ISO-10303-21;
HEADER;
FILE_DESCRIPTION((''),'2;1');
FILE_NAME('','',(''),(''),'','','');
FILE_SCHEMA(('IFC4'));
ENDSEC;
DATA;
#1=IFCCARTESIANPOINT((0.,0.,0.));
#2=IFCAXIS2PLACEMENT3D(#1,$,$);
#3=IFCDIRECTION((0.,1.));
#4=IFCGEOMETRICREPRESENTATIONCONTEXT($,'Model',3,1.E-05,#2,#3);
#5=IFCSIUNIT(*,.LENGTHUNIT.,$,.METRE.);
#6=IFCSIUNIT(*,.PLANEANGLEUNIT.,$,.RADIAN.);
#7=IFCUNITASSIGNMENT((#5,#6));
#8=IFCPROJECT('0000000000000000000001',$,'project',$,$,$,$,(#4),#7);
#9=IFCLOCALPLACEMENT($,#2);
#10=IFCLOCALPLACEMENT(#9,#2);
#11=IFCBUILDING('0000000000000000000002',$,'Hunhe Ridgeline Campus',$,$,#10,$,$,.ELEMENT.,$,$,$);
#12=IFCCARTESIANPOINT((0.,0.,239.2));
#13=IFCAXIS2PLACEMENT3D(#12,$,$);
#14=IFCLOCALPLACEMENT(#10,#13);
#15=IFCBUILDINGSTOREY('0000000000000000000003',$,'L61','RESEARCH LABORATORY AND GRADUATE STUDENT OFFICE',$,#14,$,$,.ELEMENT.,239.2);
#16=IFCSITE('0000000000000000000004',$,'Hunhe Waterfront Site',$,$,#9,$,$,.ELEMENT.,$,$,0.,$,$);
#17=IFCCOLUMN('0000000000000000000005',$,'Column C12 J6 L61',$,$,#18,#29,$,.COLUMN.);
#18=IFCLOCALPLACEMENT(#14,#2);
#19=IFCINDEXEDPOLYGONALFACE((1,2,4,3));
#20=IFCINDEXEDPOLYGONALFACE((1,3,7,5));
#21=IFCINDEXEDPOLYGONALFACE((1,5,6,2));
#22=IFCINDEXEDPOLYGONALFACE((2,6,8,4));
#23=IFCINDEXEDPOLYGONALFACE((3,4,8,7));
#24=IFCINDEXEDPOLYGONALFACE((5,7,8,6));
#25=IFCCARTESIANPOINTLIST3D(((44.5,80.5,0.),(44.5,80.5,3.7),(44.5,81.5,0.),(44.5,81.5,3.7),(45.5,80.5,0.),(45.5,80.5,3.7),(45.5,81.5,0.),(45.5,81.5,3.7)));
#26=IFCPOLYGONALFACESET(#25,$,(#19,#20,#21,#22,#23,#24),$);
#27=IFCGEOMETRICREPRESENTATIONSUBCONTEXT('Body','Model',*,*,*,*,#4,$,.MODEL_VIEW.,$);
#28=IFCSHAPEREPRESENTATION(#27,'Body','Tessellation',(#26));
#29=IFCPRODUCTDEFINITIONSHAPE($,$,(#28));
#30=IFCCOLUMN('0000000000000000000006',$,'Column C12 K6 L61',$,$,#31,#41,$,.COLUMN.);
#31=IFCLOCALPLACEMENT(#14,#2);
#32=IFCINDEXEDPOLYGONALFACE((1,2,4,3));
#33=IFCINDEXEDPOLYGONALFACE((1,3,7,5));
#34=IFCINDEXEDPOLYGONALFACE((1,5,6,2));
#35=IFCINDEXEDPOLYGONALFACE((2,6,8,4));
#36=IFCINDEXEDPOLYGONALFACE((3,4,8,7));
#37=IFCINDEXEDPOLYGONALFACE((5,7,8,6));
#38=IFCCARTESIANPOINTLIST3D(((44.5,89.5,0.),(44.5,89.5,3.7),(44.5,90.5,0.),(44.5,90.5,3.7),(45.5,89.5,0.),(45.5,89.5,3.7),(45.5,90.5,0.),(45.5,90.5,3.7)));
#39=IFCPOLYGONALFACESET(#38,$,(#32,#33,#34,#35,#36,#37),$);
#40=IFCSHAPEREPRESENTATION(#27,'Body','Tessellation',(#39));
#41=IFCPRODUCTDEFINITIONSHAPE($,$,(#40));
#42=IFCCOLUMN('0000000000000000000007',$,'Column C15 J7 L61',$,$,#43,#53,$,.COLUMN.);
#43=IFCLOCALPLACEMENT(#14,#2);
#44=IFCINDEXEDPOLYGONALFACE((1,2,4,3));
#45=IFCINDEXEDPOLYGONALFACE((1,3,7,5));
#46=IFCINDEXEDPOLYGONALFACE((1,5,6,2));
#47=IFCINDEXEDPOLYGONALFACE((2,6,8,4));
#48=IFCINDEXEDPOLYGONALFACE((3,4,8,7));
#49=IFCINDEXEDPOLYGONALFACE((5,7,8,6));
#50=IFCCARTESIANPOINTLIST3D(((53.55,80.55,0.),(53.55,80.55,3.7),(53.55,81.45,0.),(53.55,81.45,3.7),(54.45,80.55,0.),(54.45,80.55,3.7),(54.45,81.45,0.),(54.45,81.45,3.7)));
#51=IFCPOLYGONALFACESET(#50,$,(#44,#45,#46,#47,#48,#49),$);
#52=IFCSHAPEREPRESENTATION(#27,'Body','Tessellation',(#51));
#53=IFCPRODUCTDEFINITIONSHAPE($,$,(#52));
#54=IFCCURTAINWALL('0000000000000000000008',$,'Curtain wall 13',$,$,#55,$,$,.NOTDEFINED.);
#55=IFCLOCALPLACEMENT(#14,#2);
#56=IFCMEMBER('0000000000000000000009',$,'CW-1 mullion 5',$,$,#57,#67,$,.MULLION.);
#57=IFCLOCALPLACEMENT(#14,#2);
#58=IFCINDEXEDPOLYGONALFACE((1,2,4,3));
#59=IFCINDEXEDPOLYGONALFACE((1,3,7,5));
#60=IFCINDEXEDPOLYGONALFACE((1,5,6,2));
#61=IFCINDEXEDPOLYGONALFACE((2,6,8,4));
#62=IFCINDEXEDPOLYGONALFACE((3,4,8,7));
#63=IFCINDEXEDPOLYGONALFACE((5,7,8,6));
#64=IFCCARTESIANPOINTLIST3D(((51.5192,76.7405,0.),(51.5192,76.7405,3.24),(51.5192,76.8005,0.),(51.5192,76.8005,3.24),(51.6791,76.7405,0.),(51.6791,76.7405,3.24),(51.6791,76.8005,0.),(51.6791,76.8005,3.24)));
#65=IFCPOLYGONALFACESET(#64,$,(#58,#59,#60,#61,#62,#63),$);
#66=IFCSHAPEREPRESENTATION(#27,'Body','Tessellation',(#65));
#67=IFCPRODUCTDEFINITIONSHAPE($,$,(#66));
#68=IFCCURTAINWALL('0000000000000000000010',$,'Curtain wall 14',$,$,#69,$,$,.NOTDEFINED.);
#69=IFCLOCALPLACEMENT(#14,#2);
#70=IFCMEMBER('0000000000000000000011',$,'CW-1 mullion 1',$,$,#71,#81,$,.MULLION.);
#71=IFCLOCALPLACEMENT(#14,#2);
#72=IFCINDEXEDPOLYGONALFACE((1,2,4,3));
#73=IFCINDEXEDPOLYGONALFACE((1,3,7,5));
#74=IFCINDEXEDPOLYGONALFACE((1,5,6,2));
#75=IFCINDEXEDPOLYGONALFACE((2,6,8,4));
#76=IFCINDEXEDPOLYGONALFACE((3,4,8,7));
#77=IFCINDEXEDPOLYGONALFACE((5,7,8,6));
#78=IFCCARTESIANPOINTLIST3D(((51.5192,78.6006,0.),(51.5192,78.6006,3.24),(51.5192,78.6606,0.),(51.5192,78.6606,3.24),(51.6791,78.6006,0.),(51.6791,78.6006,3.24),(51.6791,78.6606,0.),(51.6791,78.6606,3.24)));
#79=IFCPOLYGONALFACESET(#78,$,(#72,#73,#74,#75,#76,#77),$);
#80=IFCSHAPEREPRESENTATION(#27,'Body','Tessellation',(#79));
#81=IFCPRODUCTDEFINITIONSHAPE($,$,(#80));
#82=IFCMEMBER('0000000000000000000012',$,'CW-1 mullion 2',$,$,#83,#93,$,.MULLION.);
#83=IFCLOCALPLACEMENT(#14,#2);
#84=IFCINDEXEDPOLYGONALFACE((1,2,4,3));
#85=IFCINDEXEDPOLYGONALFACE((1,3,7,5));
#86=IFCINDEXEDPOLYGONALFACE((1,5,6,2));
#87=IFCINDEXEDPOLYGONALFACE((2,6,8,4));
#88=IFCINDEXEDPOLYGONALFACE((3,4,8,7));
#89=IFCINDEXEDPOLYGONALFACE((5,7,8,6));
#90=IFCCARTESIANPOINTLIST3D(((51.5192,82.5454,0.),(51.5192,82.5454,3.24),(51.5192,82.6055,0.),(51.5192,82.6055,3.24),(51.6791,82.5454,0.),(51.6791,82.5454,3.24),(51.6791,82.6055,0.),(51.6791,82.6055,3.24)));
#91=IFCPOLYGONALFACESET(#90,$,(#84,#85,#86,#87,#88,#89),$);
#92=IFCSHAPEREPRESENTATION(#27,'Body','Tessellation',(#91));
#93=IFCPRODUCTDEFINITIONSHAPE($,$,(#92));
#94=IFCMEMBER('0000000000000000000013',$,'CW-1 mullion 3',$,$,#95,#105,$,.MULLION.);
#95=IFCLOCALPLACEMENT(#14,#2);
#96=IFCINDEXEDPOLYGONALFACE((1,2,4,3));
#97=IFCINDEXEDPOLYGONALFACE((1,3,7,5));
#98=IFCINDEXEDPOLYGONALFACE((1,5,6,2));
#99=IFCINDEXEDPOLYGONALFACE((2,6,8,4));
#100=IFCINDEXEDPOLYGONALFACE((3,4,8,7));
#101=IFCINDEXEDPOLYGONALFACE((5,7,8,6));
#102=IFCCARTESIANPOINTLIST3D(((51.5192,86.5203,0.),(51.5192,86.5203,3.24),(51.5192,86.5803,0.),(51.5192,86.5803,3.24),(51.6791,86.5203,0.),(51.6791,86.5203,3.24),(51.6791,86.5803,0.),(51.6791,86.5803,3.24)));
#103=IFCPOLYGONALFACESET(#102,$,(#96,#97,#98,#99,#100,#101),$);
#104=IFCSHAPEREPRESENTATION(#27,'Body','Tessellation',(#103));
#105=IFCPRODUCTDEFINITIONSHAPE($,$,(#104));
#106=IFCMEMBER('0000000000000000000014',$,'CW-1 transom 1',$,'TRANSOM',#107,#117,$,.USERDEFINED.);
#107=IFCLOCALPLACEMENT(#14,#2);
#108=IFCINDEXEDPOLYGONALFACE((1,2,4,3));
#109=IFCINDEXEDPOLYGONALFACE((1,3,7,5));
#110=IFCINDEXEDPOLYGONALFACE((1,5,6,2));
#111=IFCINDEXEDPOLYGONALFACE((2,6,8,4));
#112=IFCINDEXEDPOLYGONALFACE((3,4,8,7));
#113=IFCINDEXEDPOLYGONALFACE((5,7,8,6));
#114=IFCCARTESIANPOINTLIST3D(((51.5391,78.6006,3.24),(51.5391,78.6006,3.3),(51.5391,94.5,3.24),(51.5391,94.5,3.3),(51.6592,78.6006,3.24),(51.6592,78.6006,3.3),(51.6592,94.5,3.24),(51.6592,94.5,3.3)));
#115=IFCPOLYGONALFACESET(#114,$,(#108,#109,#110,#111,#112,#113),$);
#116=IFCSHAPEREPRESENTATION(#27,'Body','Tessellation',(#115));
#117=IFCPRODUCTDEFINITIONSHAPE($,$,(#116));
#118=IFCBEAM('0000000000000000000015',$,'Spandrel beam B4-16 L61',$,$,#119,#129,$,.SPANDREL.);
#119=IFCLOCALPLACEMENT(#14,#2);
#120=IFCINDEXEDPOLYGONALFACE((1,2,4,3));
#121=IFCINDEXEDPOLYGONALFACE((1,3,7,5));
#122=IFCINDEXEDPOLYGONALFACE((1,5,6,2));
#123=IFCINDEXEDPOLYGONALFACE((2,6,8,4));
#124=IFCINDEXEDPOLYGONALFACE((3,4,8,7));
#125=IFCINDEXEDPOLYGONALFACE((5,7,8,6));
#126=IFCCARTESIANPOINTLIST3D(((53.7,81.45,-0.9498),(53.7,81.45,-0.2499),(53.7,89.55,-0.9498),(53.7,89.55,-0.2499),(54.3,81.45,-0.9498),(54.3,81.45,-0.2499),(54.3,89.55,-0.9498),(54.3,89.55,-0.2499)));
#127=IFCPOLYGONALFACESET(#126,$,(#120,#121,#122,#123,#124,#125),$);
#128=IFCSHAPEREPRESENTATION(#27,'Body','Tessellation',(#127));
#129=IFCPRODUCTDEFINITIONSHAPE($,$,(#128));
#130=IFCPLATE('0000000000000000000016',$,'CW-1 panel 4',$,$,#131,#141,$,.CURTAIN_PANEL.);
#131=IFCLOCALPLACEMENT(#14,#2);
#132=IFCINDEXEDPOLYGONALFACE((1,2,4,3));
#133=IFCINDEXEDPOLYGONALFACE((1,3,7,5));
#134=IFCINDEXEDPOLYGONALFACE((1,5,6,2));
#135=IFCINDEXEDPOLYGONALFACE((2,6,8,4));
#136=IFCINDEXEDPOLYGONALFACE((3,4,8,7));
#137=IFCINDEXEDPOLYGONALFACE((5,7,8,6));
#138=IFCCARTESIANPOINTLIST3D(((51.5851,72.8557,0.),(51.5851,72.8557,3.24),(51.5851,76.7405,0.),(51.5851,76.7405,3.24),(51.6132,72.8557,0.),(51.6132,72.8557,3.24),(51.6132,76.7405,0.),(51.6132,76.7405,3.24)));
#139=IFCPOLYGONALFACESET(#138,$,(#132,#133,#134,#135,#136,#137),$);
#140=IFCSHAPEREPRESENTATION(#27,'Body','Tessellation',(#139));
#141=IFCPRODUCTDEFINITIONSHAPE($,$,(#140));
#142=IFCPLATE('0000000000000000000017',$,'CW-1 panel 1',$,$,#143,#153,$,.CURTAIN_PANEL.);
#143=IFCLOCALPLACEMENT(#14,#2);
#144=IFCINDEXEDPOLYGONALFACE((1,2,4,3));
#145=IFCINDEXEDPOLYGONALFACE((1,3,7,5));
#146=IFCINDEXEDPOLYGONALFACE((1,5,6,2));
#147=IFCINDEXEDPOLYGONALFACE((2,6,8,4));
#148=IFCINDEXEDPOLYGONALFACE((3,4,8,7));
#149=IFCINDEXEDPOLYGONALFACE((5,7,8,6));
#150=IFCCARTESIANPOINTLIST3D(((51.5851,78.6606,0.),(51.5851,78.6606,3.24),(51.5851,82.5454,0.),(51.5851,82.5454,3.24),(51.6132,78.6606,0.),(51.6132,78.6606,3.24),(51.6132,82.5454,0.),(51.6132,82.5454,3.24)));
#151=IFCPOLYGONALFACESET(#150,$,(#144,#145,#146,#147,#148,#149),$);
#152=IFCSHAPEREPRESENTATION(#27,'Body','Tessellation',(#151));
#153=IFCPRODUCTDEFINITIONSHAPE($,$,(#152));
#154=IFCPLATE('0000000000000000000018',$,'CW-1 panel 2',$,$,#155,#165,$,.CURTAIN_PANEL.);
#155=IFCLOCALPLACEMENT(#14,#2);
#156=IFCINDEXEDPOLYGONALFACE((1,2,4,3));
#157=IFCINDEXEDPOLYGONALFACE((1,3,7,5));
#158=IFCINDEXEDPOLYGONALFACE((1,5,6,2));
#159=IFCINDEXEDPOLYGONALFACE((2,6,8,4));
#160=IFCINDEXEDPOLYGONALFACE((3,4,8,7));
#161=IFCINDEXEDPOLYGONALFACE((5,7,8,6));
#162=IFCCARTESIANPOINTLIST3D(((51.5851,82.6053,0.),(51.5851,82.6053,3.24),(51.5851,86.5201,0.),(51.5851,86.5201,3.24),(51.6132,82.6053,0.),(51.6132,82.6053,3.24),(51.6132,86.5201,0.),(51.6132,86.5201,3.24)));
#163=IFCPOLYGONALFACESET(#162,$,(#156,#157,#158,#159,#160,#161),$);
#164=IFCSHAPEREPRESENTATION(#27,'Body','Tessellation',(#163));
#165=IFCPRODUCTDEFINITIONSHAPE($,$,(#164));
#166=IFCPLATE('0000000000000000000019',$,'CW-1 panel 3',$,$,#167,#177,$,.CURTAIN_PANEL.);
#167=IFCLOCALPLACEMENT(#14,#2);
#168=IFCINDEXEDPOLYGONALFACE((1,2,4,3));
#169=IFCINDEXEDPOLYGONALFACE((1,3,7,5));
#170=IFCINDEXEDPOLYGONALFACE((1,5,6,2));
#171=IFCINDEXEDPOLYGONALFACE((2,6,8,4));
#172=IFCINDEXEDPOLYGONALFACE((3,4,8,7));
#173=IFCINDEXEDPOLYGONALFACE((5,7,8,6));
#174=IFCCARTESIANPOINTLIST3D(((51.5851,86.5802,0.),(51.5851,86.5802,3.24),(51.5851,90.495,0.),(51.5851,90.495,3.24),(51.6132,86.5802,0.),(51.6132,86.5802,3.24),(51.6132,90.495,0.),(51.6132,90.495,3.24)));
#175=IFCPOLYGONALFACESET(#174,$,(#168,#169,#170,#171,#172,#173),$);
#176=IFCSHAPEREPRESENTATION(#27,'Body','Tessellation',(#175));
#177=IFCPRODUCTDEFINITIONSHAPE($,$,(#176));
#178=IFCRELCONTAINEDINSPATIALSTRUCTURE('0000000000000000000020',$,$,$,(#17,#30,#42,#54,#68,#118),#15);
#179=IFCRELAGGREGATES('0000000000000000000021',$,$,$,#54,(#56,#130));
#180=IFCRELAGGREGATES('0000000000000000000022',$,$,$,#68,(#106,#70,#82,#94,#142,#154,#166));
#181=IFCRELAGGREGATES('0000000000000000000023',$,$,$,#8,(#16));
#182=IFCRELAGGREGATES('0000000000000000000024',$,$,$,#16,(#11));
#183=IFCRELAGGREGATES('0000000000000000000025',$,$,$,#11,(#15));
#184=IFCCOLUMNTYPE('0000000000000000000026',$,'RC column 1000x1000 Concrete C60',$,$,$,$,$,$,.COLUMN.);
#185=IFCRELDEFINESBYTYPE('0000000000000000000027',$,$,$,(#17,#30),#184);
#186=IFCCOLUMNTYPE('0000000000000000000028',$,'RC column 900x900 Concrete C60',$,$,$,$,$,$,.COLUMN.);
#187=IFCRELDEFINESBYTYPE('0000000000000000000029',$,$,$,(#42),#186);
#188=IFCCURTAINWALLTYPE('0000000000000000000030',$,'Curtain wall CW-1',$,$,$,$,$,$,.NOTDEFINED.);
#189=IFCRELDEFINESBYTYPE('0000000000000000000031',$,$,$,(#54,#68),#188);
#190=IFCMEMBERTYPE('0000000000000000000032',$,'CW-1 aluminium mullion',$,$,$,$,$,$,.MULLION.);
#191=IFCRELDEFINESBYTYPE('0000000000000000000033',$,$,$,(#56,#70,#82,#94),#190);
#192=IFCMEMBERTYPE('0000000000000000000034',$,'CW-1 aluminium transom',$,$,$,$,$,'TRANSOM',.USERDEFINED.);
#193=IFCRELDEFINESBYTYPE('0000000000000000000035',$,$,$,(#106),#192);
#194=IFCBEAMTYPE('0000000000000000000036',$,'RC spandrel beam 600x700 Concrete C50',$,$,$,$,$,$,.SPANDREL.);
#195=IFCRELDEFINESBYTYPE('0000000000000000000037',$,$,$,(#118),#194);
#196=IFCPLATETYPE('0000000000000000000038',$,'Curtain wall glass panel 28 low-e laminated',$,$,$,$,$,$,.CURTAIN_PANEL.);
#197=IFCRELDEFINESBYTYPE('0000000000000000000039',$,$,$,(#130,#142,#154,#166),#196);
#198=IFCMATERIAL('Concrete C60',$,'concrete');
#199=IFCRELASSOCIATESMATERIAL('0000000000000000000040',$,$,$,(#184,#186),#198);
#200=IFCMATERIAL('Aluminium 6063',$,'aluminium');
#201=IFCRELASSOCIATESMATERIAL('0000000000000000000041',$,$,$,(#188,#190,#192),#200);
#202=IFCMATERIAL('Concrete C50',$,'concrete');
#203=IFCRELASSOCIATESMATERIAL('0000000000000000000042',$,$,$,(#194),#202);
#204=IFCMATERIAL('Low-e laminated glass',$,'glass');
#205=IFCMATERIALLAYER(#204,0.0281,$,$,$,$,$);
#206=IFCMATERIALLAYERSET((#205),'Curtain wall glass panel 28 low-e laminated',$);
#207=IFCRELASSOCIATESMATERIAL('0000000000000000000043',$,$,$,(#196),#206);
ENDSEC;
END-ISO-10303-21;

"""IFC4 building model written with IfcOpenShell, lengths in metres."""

from ifc_helpers import new_model, si_unit, direction, frame, origin, origin_2d, place, context, subcontext, project, spatial, rectangle, extrude, material, layer, layer_set, material_profile, profile_set, type_object, element, aggregate, save


model = new_model("IFC4")

# Units and contexts
model_context = context("Model", 3, precision=1e-05, world=origin(), true_north=direction((0.0, 1.0)))
body_context = subcontext(model_context, "Body", "Model", "MODEL_VIEW")
ifc_project = project(units=[si_unit("LENGTHUNIT", "METRE"), si_unit("PLANEANGLEUNIT", "RADIAN")], contexts=[model_context])

# Site, building, storey
site_placement = place(None, origin())
site = spatial("IfcSite", under=ifc_project, at=site_placement, Name="Hunhe Waterfront Site", CompositionType="ELEMENT", RefElevation=0.0)
building_placement = place(site_placement, origin())
building = spatial("IfcBuilding", under=site, at=building_placement, Name="Hunhe Ridgeline Campus", CompositionType="ELEMENT")
storey_placement = place(building_placement, frame((0.0, 0.0, 239.2)))
storey = spatial("IfcBuildingStorey", under=building, at=storey_placement, Name="L61", Description="RESEARCH LABORATORY AND GRADUATE STUDENT OFFICE", CompositionType="ELEMENT", Elevation=239.2)

# Columns
ifc_material_1 = material(Name="Concrete C60", Category="concrete")
ifc_material_profile_1 = material_profile(ifc_material_1, rectangle(XDim=1.0, YDim=1.0, at=origin_2d()))
ifc_profile_set_1 = profile_set([ifc_material_profile_1], Name="Concrete C60")
column_type_1 = type_object("IfcColumnType", Name="RC column 1000x1000 Concrete C60", PredefinedType="COLUMN", material=ifc_profile_set_1)
for number, where, z_axis, x_axis, name in (
    (1, (45.0, 81.0, 0.0), (0.0, 0.0, 1.0), (1.0, 0.0, 0.0), "Column C12 J6 L61"),
    (2, (45.0, 90.0, 0.0), (0.0, 0.0, 1.0), (1.0, 0.0, 0.0), "Column C12 K6 L61"),
):
    element("IfcColumn", number, at=place(storey_placement, frame(where, z_axis=z_axis, x_axis=x_axis)), inside=storey, type_object=column_type_1, Name=name, PredefinedType="COLUMN", context=body_context, shape_type="SweptSolid", body=[
        extrude(rectangle(XDim=1.0, YDim=1.0, at=origin_2d()), origin(), (0.0, 0.0, 1.0), 3.7),
    ])
ifc_material_profile_2 = material_profile(ifc_material_1, rectangle(XDim=0.8999, YDim=0.8999, at=origin_2d()))
ifc_profile_set_2 = profile_set([ifc_material_profile_2], Name="Concrete C60")
column_type_2 = type_object("IfcColumnType", Name="RC column 900x900 Concrete C60", PredefinedType="COLUMN", material=ifc_profile_set_2)
column_placement = place(storey_placement, frame((54.0, 81.0, 0.0), z_axis=(0.0, 0.0, 1.0), x_axis=(1.0, 0.0, 0.0)))
element("IfcColumn", 3, at=column_placement, inside=storey, type_object=column_type_2, Name="Column C15 J7 L61", PredefinedType="COLUMN", context=body_context, shape_type="SweptSolid", body=[
    extrude(rectangle(XDim=0.8999, YDim=0.8999, at=origin_2d()), origin(), (0.0, 0.0, 1.0), 3.7),
])

# Curtain wall, member
ifc_material_2 = material(Name="Aluminium 6063", Category="aluminium")
curtain_wall_type = type_object("IfcCurtainWallType", Name="Curtain wall CW-1", PredefinedType="NOTDEFINED", material=ifc_material_2)
curtain_wall_1_placement = place(storey_placement, origin())
curtain_wall_1 = element("IfcCurtainWall", 4, at=curtain_wall_1_placement, inside=storey, type_object=curtain_wall_type, Name="Curtain wall 13", PredefinedType="NOTDEFINED")
ifc_material_profile_3 = material_profile(ifc_material_2, rectangle(XDim=0.1599, YDim=0.0601, at=origin_2d()))
ifc_profile_set_3 = profile_set([ifc_material_profile_3], Name="Aluminium 6063")
member_type_1 = type_object("IfcMemberType", Name="CW-1 aluminium mullion", PredefinedType="MULLION", material=ifc_profile_set_3)
member_1_placement = place(storey_placement, frame((51.5991, 76.7705, 0.0), z_axis=(0.0, 0.0, 1.0), x_axis=(-1.0, 0.0, 0.0)))
member_1 = element("IfcMember", 5, at=member_1_placement, type_object=member_type_1, Name="CW-1 mullion 5", PredefinedType="MULLION", context=body_context, shape_type="SweptSolid", body=[
    extrude(rectangle(XDim=0.1599, YDim=0.0601, at=origin_2d()), origin(), (0.0, 0.0, 1.0), 3.24),
])

# Curtain wall, members
curtain_wall_2_placement = place(storey_placement, origin())
curtain_wall_2 = element("IfcCurtainWall", 6, at=curtain_wall_2_placement, inside=storey, type_object=curtain_wall_type, Name="Curtain wall 14", PredefinedType="NOTDEFINED")
member_2_placement = place(storey_placement, frame((51.5991, 78.6306, 0.0), z_axis=(0.0, 0.0, 1.0), x_axis=(-1.0, 0.0, 0.0)))
member_2 = element("IfcMember", 7, at=member_2_placement, type_object=member_type_1, Name="CW-1 mullion 1", PredefinedType="MULLION", context=body_context, shape_type="SweptSolid", body=[
    extrude(rectangle(XDim=0.1599, YDim=0.0601, at=origin_2d()), origin(), (0.0, 0.0, 1.0), 3.24),
])
member_3_placement = place(storey_placement, frame((51.5991, 82.5754, 0.0), z_axis=(0.0, 0.0, 1.0), x_axis=(-1.0, 0.0, 0.0)))
member_3 = element("IfcMember", 8, at=member_3_placement, type_object=member_type_1, Name="CW-1 mullion 2", PredefinedType="MULLION", context=body_context, shape_type="SweptSolid", body=[
    extrude(rectangle(XDim=0.1599, YDim=0.0601, at=origin_2d()), origin(), (0.0, 0.0, 1.0), 3.24),
])
member_4_placement = place(storey_placement, frame((51.5991, 86.5503, 0.0), z_axis=(0.0, 0.0, 1.0), x_axis=(-1.0, 0.0, 0.0)))
member_4 = element("IfcMember", 9, at=member_4_placement, type_object=member_type_1, Name="CW-1 mullion 3", PredefinedType="MULLION", context=body_context, shape_type="SweptSolid", body=[
    extrude(rectangle(XDim=0.1599, YDim=0.0601, at=origin_2d()), origin(), (0.0, 0.0, 1.0), 3.24),
])
ifc_material_profile_4 = material_profile(ifc_material_2, rectangle(XDim=0.1201, YDim=0.0601, at=origin_2d()))
ifc_profile_set_4 = profile_set([ifc_material_profile_4], Name="Aluminium 6063")
member_type_2 = type_object("IfcMemberType", Name="CW-1 aluminium transom", ElementType="TRANSOM", PredefinedType="USERDEFINED", material=ifc_profile_set_4)
member_5_placement = place(storey_placement, frame((51.5991, 78.6006, 3.27), z_axis=(0.0, 1.0, 0.0), x_axis=(-1.0, 0.0, 0.0)))
member_5 = element("IfcMember", 10, at=member_5_placement, type_object=member_type_2, Name="CW-1 transom 1", ObjectType="TRANSOM", PredefinedType="USERDEFINED", context=body_context, shape_type="SweptSolid", body=[
    extrude(rectangle(XDim=0.1201, YDim=0.0601, at=origin_2d()), origin(), (0.0, 0.0, 1.0), 15.8994),
])

# Beam
ifc_material_3 = material(Name="Concrete C50", Category="concrete")
ifc_material_profile_5 = material_profile(ifc_material_3, rectangle(XDim=0.6001, YDim=0.7, at=origin_2d()))
ifc_profile_set_5 = profile_set([ifc_material_profile_5], Name="Concrete C50")
beam_type = type_object("IfcBeamType", Name="RC spandrel beam 600x700 Concrete C50", PredefinedType="SPANDREL", material=ifc_profile_set_5)
beam_placement = place(storey_placement, frame((54.0, 81.45, -0.5999), z_axis=(0.0, 1.0, 0.0), x_axis=(-1.0, 0.0, 0.0)))
element("IfcBeam", 11, at=beam_placement, inside=storey, type_object=beam_type, Name="Spandrel beam B4-16 L61", PredefinedType="SPANDREL", context=body_context, shape_type="SweptSolid", body=[
    extrude(rectangle(XDim=0.6001, YDim=0.7, at=origin_2d()), origin(), (0.0, 0.0, 1.0), 8.1001),
])

# Plates
ifc_material_4 = material(Name="Low-e laminated glass", Category="glass")
ifc_layer_1 = layer(ifc_material_4, 0.0281)
ifc_layer_set_1 = layer_set([ifc_layer_1], Name="Curtain wall glass panel 28 low-e laminated")
plate_type = type_object("IfcPlateType", Name="Curtain wall glass panel 28 low-e laminated", PredefinedType="CURTAIN_PANEL", material=ifc_layer_set_1)
plate_1_placement = place(storey_placement, frame((51.5991, 74.7981, 0.0), z_axis=(0.0, 0.0, 1.0), x_axis=(0.0, 1.0, 0.0)))
plate_1 = element("IfcPlate", 12, at=plate_1_placement, type_object=plate_type, Name="CW-1 panel 4", PredefinedType="CURTAIN_PANEL", context=body_context, shape_type="SweptSolid", body=[
    extrude(rectangle(XDim=3.8848, YDim=0.0281, at=origin_2d()), origin(), (0.0, 0.0, 1.0), 3.24),
])
aggregate(curtain_wall_1, [member_1, plate_1])
plate_2_placement = place(storey_placement, frame((51.5991, 80.603, 0.0), z_axis=(0.0, 0.0, 1.0), x_axis=(0.0, 1.0, 0.0)))
plate_2 = element("IfcPlate", 13, at=plate_2_placement, type_object=plate_type, Name="CW-1 panel 1", PredefinedType="CURTAIN_PANEL", context=body_context, shape_type="SweptSolid", body=[
    extrude(rectangle(XDim=3.8848, YDim=0.0281, at=origin_2d()), origin(), (0.0, 0.0, 1.0), 3.24),
])
plate_3_placement = place(storey_placement, frame((51.5991, 84.5627, 0.0), z_axis=(0.0, 0.0, 1.0), x_axis=(0.0, 1.0, 0.0)))
plate_3 = element("IfcPlate", 14, at=plate_3_placement, type_object=plate_type, Name="CW-1 panel 2", PredefinedType="CURTAIN_PANEL", context=body_context, shape_type="SweptSolid", body=[
    extrude(rectangle(XDim=3.9148, YDim=0.0281, at=origin_2d()), origin(), (0.0, 0.0, 1.0), 3.24),
])
plate_4_placement = place(storey_placement, frame((51.5991, 88.5376, 0.0), z_axis=(0.0, 0.0, 1.0), x_axis=(0.0, 1.0, 0.0)))
plate_4 = element("IfcPlate", 15, at=plate_4_placement, type_object=plate_type, Name="CW-1 panel 3", PredefinedType="CURTAIN_PANEL", context=body_context, shape_type="SweptSolid", body=[
    extrude(rectangle(XDim=3.9148, YDim=0.0281, at=origin_2d()), origin(), (0.0, 0.0, 1.0), 3.24),
])
aggregate(curtain_wall_2, [member_5, member_2, member_3, member_4, plate_2, plate_3, plate_4])

save(model, "model.ifc")
